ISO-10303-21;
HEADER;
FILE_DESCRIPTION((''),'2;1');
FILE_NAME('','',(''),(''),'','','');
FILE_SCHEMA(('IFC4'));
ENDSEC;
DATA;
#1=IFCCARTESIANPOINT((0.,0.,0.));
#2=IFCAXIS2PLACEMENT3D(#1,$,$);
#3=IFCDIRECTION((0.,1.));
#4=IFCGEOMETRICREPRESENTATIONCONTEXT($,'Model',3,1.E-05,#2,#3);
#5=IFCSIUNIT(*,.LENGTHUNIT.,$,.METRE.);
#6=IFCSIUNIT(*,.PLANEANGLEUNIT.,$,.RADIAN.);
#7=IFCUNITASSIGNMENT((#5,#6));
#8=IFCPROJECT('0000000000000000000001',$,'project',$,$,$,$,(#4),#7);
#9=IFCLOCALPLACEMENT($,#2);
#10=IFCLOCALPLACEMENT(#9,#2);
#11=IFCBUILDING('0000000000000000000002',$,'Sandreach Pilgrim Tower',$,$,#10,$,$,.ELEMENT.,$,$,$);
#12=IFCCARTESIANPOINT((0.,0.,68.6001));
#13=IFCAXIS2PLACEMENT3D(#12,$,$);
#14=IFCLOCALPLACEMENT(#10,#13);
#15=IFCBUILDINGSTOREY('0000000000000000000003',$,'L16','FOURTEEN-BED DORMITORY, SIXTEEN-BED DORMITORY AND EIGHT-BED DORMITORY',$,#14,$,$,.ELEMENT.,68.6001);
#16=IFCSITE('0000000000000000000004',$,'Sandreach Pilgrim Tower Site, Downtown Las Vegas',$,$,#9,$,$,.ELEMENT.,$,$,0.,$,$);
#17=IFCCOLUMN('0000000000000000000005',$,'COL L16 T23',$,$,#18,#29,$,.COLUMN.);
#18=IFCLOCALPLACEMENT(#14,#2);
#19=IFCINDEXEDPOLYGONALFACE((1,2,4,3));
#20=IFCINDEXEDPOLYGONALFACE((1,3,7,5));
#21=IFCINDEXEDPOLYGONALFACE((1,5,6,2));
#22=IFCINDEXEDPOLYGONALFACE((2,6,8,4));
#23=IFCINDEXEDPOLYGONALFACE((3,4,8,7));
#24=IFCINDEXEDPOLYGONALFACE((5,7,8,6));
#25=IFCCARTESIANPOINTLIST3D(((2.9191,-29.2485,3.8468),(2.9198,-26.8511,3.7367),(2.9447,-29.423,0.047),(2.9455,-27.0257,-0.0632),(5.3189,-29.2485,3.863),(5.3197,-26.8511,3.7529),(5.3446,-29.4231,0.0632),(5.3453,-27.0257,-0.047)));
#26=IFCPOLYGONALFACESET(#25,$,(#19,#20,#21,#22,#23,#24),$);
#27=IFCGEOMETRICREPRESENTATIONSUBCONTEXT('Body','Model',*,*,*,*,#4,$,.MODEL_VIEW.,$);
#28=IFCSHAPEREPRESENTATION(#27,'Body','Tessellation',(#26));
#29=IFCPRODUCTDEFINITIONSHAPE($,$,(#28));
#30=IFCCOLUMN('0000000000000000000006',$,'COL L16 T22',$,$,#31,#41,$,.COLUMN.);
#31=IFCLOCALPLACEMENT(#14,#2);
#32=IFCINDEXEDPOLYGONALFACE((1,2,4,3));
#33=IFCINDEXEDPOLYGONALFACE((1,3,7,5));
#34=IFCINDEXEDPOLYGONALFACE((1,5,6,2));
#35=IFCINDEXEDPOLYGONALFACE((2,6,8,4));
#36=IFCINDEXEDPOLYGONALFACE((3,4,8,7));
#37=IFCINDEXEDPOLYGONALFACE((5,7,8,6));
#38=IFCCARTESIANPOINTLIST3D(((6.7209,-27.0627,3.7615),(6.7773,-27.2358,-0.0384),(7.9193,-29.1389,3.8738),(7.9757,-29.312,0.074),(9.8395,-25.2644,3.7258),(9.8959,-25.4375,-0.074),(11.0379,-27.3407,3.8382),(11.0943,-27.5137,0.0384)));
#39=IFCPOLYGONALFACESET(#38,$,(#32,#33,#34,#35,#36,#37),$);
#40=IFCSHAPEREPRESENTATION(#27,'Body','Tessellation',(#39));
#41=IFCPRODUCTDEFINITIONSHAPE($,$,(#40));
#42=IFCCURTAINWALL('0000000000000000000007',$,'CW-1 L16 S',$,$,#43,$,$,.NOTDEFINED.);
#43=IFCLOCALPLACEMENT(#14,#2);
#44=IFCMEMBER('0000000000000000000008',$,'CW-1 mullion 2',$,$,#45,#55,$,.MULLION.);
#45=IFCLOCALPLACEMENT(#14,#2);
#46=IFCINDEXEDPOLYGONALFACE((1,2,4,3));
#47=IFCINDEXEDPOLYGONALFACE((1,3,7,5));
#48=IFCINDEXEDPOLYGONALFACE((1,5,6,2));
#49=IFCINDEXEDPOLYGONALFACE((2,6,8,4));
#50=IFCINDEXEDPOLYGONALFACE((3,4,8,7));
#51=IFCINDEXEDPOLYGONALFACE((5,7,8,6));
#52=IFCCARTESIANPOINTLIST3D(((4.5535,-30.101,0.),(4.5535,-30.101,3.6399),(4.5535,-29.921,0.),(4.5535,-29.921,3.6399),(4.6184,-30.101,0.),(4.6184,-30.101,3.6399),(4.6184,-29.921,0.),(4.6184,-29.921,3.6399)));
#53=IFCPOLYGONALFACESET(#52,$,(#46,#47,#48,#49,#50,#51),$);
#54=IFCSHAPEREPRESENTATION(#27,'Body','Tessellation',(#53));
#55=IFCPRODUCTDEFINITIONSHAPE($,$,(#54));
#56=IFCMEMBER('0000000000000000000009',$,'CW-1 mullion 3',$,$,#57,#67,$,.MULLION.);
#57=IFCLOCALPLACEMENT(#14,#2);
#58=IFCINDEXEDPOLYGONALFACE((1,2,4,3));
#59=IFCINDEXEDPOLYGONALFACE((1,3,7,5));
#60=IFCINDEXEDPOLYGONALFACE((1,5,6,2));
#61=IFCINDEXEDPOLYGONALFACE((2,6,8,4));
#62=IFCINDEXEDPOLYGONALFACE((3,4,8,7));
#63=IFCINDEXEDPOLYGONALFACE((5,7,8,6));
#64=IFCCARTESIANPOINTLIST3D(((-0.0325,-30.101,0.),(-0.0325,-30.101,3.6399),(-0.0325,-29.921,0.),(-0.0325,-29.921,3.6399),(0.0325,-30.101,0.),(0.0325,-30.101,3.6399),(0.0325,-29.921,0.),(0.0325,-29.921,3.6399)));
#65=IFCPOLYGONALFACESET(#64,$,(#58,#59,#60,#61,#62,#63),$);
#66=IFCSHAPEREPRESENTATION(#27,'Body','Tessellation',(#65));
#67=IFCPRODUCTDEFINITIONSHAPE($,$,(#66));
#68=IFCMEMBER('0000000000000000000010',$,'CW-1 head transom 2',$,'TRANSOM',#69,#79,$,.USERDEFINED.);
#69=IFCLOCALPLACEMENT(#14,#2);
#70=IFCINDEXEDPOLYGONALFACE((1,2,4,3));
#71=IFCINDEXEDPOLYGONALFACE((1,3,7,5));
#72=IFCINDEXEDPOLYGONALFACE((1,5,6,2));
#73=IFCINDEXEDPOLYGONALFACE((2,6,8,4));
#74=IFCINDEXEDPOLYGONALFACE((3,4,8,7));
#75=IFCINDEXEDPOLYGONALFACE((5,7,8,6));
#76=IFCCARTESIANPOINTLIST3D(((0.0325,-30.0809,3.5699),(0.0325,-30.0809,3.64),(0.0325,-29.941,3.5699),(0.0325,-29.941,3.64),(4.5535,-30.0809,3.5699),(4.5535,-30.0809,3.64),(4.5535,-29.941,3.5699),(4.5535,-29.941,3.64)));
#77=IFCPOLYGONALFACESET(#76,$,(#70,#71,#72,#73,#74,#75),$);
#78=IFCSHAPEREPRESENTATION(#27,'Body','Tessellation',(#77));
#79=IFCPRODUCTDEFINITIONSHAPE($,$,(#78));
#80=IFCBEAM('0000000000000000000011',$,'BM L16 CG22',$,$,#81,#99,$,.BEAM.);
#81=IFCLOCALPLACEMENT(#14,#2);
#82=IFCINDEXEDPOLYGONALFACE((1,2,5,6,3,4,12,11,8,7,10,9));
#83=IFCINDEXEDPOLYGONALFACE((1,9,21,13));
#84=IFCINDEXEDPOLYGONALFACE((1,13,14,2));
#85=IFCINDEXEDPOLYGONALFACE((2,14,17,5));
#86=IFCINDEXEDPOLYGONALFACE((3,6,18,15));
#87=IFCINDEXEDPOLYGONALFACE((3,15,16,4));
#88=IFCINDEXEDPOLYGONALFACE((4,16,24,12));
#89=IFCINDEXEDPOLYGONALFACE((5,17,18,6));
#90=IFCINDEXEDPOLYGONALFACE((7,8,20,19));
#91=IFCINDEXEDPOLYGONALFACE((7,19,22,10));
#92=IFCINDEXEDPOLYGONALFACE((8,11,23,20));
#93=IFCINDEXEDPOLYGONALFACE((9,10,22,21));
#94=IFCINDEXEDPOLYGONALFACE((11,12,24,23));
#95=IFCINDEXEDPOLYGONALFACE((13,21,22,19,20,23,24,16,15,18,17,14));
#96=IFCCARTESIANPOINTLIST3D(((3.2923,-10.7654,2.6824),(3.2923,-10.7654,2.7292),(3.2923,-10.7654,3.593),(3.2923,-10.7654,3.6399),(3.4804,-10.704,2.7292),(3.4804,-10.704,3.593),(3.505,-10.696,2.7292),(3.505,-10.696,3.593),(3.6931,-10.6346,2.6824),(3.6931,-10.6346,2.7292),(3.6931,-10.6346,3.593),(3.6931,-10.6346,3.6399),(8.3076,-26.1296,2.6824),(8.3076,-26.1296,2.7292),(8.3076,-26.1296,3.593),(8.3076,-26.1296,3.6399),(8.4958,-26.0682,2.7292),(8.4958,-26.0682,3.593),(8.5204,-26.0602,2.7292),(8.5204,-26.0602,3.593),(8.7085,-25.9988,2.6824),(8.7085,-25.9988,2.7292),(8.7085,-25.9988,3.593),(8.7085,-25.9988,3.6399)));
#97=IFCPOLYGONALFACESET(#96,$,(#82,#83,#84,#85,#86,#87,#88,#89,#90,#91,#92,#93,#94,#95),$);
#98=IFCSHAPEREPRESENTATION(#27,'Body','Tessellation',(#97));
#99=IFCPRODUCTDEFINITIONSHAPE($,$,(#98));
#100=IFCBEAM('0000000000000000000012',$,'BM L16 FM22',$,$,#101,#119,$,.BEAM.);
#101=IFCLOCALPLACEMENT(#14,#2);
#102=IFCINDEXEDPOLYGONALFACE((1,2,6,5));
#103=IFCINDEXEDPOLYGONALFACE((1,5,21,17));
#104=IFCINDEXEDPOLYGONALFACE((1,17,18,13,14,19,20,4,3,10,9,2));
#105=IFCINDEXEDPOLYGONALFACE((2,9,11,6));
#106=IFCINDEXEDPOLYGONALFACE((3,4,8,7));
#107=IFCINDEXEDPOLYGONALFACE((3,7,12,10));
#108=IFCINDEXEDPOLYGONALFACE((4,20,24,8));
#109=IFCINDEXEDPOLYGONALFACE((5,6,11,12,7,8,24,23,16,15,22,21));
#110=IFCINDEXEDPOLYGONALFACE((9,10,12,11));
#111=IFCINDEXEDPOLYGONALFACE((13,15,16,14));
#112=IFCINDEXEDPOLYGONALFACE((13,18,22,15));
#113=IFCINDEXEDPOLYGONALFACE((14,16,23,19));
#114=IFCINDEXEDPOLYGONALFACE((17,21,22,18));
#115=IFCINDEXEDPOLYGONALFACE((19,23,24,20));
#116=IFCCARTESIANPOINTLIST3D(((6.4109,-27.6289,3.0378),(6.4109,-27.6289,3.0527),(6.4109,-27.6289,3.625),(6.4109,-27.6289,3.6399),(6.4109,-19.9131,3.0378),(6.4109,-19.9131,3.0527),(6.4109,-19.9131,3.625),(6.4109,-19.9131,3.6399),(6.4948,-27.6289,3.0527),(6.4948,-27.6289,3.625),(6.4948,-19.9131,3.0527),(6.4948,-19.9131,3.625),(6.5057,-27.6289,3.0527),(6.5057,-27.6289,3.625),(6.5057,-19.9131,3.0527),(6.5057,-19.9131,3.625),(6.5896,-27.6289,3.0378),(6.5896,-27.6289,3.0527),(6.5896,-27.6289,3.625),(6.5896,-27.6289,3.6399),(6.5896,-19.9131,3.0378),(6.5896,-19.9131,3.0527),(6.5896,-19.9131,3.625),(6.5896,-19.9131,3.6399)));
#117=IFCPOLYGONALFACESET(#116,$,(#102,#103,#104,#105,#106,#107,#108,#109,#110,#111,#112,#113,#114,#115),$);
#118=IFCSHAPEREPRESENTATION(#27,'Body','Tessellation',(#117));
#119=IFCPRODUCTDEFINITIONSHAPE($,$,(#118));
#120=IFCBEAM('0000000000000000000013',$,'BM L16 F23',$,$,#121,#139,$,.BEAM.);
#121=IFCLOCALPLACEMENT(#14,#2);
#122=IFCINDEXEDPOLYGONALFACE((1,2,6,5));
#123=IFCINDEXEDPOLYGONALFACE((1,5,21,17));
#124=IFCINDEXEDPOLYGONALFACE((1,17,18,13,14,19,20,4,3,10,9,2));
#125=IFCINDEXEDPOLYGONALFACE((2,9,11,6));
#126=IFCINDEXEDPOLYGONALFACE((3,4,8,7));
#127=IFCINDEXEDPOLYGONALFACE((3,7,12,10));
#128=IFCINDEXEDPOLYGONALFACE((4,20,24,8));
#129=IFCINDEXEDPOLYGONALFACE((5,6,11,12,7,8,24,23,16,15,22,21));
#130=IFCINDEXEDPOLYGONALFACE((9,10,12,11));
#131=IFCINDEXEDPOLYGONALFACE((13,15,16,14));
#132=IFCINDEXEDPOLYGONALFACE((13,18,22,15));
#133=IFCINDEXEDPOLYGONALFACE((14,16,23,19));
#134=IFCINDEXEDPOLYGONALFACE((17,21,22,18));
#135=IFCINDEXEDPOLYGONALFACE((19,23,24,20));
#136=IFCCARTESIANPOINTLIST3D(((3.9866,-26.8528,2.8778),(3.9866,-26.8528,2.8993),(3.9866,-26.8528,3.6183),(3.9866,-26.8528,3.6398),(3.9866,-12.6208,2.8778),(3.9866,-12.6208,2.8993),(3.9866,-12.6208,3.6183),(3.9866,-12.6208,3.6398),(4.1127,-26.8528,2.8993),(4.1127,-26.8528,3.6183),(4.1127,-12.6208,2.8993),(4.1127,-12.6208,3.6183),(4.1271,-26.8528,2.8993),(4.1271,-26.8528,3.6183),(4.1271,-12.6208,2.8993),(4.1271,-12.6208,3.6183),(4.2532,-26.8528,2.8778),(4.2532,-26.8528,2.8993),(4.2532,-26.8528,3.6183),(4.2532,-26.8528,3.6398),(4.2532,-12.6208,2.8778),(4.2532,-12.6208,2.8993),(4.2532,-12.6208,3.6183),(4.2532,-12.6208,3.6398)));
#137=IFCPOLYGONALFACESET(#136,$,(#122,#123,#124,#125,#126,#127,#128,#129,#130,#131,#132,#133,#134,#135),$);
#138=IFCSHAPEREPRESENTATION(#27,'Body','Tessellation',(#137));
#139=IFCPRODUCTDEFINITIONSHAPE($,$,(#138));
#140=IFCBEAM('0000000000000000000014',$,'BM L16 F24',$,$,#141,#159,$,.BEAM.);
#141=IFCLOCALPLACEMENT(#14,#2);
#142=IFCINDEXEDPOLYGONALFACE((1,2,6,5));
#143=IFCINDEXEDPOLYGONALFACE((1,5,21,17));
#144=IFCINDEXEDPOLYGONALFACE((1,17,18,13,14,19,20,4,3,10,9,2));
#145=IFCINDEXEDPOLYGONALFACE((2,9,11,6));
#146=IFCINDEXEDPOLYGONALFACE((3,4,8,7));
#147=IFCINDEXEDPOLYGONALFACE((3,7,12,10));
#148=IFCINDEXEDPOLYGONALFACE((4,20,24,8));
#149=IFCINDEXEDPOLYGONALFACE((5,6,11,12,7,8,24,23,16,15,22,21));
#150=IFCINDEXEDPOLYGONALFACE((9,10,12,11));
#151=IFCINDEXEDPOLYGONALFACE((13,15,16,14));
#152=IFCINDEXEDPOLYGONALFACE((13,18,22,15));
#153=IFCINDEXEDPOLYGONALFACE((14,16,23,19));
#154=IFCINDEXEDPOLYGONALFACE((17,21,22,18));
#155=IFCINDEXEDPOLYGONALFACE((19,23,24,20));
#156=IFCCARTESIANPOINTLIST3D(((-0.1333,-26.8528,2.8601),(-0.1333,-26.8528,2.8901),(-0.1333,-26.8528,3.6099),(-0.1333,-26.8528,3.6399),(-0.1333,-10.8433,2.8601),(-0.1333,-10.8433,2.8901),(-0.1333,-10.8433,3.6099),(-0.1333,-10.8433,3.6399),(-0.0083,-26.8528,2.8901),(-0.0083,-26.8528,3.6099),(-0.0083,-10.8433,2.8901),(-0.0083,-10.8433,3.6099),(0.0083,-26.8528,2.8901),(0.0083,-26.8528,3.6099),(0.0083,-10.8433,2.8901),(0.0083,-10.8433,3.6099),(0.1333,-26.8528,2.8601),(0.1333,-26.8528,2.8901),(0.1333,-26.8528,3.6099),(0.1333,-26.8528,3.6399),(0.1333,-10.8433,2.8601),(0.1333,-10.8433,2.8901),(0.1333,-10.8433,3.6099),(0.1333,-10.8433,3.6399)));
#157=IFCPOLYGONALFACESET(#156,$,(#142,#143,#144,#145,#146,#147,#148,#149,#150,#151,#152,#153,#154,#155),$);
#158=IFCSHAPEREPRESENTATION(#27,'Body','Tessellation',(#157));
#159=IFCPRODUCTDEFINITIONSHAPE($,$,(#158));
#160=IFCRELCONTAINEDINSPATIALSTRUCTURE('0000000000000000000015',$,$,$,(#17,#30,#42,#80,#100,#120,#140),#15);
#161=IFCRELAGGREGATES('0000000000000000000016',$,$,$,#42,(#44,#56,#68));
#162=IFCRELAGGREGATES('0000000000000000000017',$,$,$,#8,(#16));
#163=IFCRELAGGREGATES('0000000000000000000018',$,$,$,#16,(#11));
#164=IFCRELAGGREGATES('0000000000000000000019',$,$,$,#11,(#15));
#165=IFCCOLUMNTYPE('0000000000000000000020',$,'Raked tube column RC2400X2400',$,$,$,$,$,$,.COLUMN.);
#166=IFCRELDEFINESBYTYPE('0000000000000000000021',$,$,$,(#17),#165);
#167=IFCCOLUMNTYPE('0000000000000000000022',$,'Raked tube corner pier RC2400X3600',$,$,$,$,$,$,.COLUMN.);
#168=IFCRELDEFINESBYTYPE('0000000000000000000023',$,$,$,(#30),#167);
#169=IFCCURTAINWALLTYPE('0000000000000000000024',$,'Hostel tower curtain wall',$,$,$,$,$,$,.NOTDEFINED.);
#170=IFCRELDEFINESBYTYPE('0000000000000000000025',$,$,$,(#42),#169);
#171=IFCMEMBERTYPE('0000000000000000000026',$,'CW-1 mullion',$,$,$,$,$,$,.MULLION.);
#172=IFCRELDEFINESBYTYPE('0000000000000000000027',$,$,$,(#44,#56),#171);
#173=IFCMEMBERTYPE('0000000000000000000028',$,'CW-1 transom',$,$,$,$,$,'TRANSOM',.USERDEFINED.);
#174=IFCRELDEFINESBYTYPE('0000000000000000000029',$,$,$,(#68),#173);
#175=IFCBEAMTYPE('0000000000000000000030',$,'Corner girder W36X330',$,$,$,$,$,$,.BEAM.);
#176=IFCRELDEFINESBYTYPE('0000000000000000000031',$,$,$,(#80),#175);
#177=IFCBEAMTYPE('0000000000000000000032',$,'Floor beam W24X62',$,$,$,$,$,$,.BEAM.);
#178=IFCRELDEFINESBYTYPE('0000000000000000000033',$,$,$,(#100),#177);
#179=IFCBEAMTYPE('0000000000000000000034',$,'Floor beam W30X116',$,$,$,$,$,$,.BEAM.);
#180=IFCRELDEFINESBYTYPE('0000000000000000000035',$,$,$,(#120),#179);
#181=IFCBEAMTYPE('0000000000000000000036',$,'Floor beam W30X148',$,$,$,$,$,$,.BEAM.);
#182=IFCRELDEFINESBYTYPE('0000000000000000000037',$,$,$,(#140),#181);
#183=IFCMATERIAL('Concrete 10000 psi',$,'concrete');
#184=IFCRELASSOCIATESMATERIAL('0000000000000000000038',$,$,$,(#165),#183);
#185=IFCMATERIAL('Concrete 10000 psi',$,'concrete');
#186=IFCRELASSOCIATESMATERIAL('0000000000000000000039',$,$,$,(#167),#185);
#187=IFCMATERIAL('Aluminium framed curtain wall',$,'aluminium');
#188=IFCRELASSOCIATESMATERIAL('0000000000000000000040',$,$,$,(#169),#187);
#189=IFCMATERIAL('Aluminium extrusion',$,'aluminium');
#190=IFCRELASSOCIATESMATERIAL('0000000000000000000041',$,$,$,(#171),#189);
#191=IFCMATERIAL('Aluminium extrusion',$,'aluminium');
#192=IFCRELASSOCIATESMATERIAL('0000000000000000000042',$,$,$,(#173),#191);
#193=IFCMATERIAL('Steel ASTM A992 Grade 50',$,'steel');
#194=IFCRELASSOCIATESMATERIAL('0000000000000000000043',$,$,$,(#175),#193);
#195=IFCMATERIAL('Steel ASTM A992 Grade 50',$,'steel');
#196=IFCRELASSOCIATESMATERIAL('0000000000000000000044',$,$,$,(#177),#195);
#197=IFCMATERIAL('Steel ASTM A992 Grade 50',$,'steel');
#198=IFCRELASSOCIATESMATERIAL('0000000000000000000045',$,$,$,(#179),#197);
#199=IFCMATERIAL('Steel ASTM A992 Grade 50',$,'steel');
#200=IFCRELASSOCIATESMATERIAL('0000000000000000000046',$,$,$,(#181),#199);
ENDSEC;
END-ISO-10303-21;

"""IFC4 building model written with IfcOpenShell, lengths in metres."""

from ifc_helpers import new_model, si_unit, direction, frame, origin, origin_2d, place, context, subcontext, project, spatial, rectangle, i_section, extrude, material, material_profile, profile_set, type_object, element, aggregate, save


model = new_model("IFC4")

# Units and contexts
model_context = context("Model", 3, precision=1e-05, world=origin(), true_north=direction((0.0, 1.0)))
body_context = subcontext(model_context, "Body", "Model", "MODEL_VIEW")
ifc_project = project(units=[si_unit("LENGTHUNIT", "METRE"), si_unit("PLANEANGLEUNIT", "RADIAN")], contexts=[model_context])

# Site, building, storey
site_placement = place(None, origin())
site = spatial("IfcSite", under=ifc_project, at=site_placement, Name="Sandreach Pilgrim Tower Site, Downtown Las Vegas", CompositionType="ELEMENT", RefElevation=0.0)
building_placement = place(site_placement, origin())
building = spatial("IfcBuilding", under=site, at=building_placement, Name="Sandreach Pilgrim Tower", CompositionType="ELEMENT")
storey_placement = place(building_placement, frame((0.0, 0.0, 68.6001)))
storey = spatial("IfcBuildingStorey", under=building, at=storey_placement, Name="L16", Description="FOURTEEN-BED DORMITORY, SIXTEEN-BED DORMITORY AND EIGHT-BED DORMITORY", CompositionType="ELEMENT", Elevation=68.6001)

# Columns
ifc_material_1 = material(Name="Concrete 10000 psi", Category="concrete")
ifc_material_profile_1 = material_profile(ifc_material_1, rectangle(XDim=2.3999, YDim=2.3999, at=origin_2d()), Name="RC2400X2400")
ifc_profile_set_1 = profile_set([ifc_material_profile_1], Name="Concrete 10000 psi")
column_type_1 = type_object("IfcColumnType", Name="Raked tube column RC2400X2400", PredefinedType="COLUMN", material=ifc_profile_set_1)
column_1_placement = place(storey_placement, frame((4.145, -28.2244, 0.0), z_axis=(-0.006739, 0.04589, 0.998924), x_axis=(-0.000315, -0.998947, 0.045889)))
element("IfcColumn", 1, at=column_1_placement, inside=storey, type_object=column_type_1, Name="COL L16 T23", PredefinedType="COLUMN", context=body_context, shape_type="SweptSolid", body=[
    extrude(rectangle(XDim=2.3999, YDim=2.3999, at=origin_2d()), origin(), (0.0, 0.0, 1.0), 3.804),
])
ifc_material_2 = material(Name="Concrete 10000 psi", Category="concrete")
ifc_material_profile_2 = material_profile(ifc_material_2, rectangle(XDim=2.3999, YDim=3.6001, at=origin_2d()), Name="RC2400X3600")
ifc_profile_set_2 = profile_set([ifc_material_profile_2], Name="Concrete 10000 psi")
column_type_2 = type_object("IfcColumnType", Name="Raked tube corner pier RC2400X3600", PredefinedType="COLUMN", material=ifc_profile_set_2)
column_2_placement = place(storey_placement, frame((8.9358, -27.3748, 0.0), z_axis=(-0.014825, 0.045502, 0.998854), x_axis=(0.499371, -0.865122, 0.046821)))
element("IfcColumn", 2, at=column_2_placement, inside=storey, type_object=column_type_2, Name="COL L16 T22", PredefinedType="COLUMN", context=body_context, shape_type="SweptSolid", body=[
    extrude(rectangle(XDim=2.3999, YDim=3.6001, at=origin_2d()), origin(), (0.0, 0.0, 1.0), 3.8042),
])

# Curtain wall, members
ifc_material_3 = material(Name="Aluminium framed curtain wall", Category="aluminium")
curtain_wall_type = type_object("IfcCurtainWallType", Name="Hostel tower curtain wall", PredefinedType="NOTDEFINED", material=ifc_material_3)
curtain_wall_placement = place(storey_placement, origin())
curtain_wall = element("IfcCurtainWall", 3, at=curtain_wall_placement, inside=storey, type_object=curtain_wall_type, Name="CW-1 L16 S", PredefinedType="NOTDEFINED")
ifc_material_4 = material(Name="Aluminium extrusion", Category="aluminium")
ifc_material_profile_3 = material_profile(ifc_material_4, rectangle(XDim=0.0649, YDim=0.1799, at=origin_2d()), Name="CW-1M 65X180")
ifc_profile_set_3 = profile_set([ifc_material_profile_3], Name="Aluminium extrusion")
member_type_1 = type_object("IfcMemberType", Name="CW-1 mullion", PredefinedType="MULLION", material=ifc_profile_set_3)
member_1_placement = place(storey_placement, frame((4.5859, -30.011, 0.0), z_axis=(0.0, 0.0, 1.0), x_axis=(-1.0, 0.0, 0.0)))
member_1 = element("IfcMember", 4, at=member_1_placement, type_object=member_type_1, Name="CW-1 mullion 2", PredefinedType="MULLION", context=body_context, shape_type="SweptSolid", body=[
    extrude(rectangle(XDim=0.0649, YDim=0.1799, at=origin_2d()), origin(), (0.0, 0.0, 1.0), 3.6399),
])
member_2_placement = place(storey_placement, frame((0.0, -30.011, 0.0), z_axis=(0.0, 0.0, 1.0), x_axis=(-1.0, 0.0, 0.0)))
member_2 = element("IfcMember", 5, at=member_2_placement, type_object=member_type_1, Name="CW-1 mullion 3", PredefinedType="MULLION", context=body_context, shape_type="SweptSolid", body=[
    extrude(rectangle(XDim=0.0649, YDim=0.1799, at=origin_2d()), origin(), (0.0, 0.0, 1.0), 3.6399),
])
ifc_material_5 = material(Name="Aluminium extrusion", Category="aluminium")
ifc_material_profile_4 = material_profile(ifc_material_5, rectangle(XDim=0.1399, YDim=0.0701, at=origin_2d()), Name="CW-1T 140X70")
ifc_profile_set_4 = profile_set([ifc_material_profile_4], Name="Aluminium extrusion")
member_type_2 = type_object("IfcMemberType", Name="CW-1 transom", ElementType="TRANSOM", PredefinedType="USERDEFINED", material=ifc_profile_set_4)
member_3_placement = place(storey_placement, frame((4.5535, -30.011, 3.605), z_axis=(-1.0, 0.0, 0.0), x_axis=(0.0, -1.0, 0.0)))
member_3 = element("IfcMember", 6, at=member_3_placement, type_object=member_type_2, Name="CW-1 head transom 2", ObjectType="TRANSOM", PredefinedType="USERDEFINED", context=body_context, shape_type="SweptSolid", body=[
    extrude(rectangle(XDim=0.1399, YDim=0.0701, at=origin_2d()), origin(), (0.0, 0.0, 1.0), 4.521),
])

# Beams
ifc_material_6 = material(Name="Steel ASTM A992 Grade 50", Category="steel")
ifc_material_profile_5 = material_profile(ifc_material_6, i_section(OverallWidth=0.4216, OverallDepth=0.9575, WebThickness=0.0259, FlangeThickness=0.0469, at=origin_2d()), Name="W36X330")
ifc_profile_set_5 = profile_set([ifc_material_profile_5], Name="Steel ASTM A992 Grade 50")
beam_type_1 = type_object("IfcBeamType", Name="Corner girder W36X330", PredefinedType="BEAM", material=ifc_profile_set_5)
beam_1_placement = place(storey_placement, frame((8.5081, -26.0642, 3.1611), z_axis=(-0.310317, 0.950633, 0.0), x_axis=(-0.950633, -0.310317, 0.0)))
element("IfcBeam", 7, at=beam_1_placement, inside=storey, type_object=beam_type_1, Name="BM L16 CG22", PredefinedType="BEAM", context=body_context, shape_type="SweptSolid", body=[
    extrude(i_section(OverallWidth=0.4216, OverallDepth=0.9575, WebThickness=0.0259, FlangeThickness=0.0469, at=origin_2d()), origin(), (0.0, 0.0, 1.0), 16.1621),
])
ifc_material_7 = material(Name="Steel ASTM A992 Grade 50", Category="steel")
ifc_material_profile_6 = material_profile(ifc_material_7, i_section(OverallWidth=0.1787, OverallDepth=0.6021, WebThickness=0.011, FlangeThickness=0.0149, at=origin_2d()), Name="W24X62")
ifc_profile_set_6 = profile_set([ifc_material_profile_6], Name="Steel ASTM A992 Grade 50")
beam_type_2 = type_object("IfcBeamType", Name="Floor beam W24X62", PredefinedType="BEAM", material=ifc_profile_set_6)
beam_2_placement = place(storey_placement, frame((6.5002, -27.6289, 3.3389), z_axis=(0.0, 1.0, 0.0), x_axis=(-1.0, 0.0, 0.0)))
element("IfcBeam", 8, at=beam_2_placement, inside=storey, type_object=beam_type_2, Name="BM L16 FM22", PredefinedType="BEAM", context=body_context, shape_type="SweptSolid", body=[
    extrude(i_section(OverallWidth=0.1787, OverallDepth=0.6021, WebThickness=0.011, FlangeThickness=0.0149, at=origin_2d()), origin(), (0.0, 0.0, 1.0), 7.7158),
])
ifc_material_8 = material(Name="Steel ASTM A992 Grade 50", Category="steel")
ifc_material_profile_7 = material_profile(ifc_material_8, i_section(OverallWidth=0.2666, OverallDepth=0.762, WebThickness=0.0144, FlangeThickness=0.0215, at=origin_2d()), Name="W30X116")
ifc_profile_set_7 = profile_set([ifc_material_profile_7], Name="Steel ASTM A992 Grade 50")
beam_type_3 = type_object("IfcBeamType", Name="Floor beam W30X116", PredefinedType="BEAM", material=ifc_profile_set_7)
beam_3_placement = place(storey_placement, frame((4.1199, -26.8528, 3.2588), z_axis=(0.0, 1.0, 0.0), x_axis=(-1.0, 0.0, 0.0)))
element("IfcBeam", 9, at=beam_3_placement, inside=storey, type_object=beam_type_3, Name="BM L16 F23", PredefinedType="BEAM", context=body_context, shape_type="SweptSolid", body=[
    extrude(i_section(OverallWidth=0.2666, OverallDepth=0.762, WebThickness=0.0144, FlangeThickness=0.0215, at=origin_2d()), origin(), (0.0, 0.0, 1.0), 14.2319),
])
ifc_material_9 = material(Name="Steel ASTM A992 Grade 50", Category="steel")
ifc_material_profile_8 = material_profile(ifc_material_9, i_section(OverallWidth=0.2666, OverallDepth=0.7798, WebThickness=0.0166, FlangeThickness=0.03, at=origin_2d()), Name="W30X148")
ifc_profile_set_8 = profile_set([ifc_material_profile_8], Name="Steel ASTM A992 Grade 50")
beam_type_4 = type_object("IfcBeamType", Name="Floor beam W30X148", PredefinedType="BEAM", material=ifc_profile_set_8)
beam_4_placement = place(storey_placement, frame((0.0, -26.8528, 3.25), z_axis=(0.0, 1.0, 0.0), x_axis=(-1.0, 0.0, 0.0)))
element("IfcBeam", 10, at=beam_4_placement, inside=storey, type_object=beam_type_4, Name="BM L16 F24", PredefinedType="BEAM", context=body_context, shape_type="SweptSolid", body=[
    extrude(i_section(OverallWidth=0.2666, OverallDepth=0.7798, WebThickness=0.0166, FlangeThickness=0.03, at=origin_2d()), origin(), (0.0, 0.0, 1.0), 16.0095),
])

aggregate(curtain_wall, [member_1, member_2, member_3])

save(model, "model.ifc")
